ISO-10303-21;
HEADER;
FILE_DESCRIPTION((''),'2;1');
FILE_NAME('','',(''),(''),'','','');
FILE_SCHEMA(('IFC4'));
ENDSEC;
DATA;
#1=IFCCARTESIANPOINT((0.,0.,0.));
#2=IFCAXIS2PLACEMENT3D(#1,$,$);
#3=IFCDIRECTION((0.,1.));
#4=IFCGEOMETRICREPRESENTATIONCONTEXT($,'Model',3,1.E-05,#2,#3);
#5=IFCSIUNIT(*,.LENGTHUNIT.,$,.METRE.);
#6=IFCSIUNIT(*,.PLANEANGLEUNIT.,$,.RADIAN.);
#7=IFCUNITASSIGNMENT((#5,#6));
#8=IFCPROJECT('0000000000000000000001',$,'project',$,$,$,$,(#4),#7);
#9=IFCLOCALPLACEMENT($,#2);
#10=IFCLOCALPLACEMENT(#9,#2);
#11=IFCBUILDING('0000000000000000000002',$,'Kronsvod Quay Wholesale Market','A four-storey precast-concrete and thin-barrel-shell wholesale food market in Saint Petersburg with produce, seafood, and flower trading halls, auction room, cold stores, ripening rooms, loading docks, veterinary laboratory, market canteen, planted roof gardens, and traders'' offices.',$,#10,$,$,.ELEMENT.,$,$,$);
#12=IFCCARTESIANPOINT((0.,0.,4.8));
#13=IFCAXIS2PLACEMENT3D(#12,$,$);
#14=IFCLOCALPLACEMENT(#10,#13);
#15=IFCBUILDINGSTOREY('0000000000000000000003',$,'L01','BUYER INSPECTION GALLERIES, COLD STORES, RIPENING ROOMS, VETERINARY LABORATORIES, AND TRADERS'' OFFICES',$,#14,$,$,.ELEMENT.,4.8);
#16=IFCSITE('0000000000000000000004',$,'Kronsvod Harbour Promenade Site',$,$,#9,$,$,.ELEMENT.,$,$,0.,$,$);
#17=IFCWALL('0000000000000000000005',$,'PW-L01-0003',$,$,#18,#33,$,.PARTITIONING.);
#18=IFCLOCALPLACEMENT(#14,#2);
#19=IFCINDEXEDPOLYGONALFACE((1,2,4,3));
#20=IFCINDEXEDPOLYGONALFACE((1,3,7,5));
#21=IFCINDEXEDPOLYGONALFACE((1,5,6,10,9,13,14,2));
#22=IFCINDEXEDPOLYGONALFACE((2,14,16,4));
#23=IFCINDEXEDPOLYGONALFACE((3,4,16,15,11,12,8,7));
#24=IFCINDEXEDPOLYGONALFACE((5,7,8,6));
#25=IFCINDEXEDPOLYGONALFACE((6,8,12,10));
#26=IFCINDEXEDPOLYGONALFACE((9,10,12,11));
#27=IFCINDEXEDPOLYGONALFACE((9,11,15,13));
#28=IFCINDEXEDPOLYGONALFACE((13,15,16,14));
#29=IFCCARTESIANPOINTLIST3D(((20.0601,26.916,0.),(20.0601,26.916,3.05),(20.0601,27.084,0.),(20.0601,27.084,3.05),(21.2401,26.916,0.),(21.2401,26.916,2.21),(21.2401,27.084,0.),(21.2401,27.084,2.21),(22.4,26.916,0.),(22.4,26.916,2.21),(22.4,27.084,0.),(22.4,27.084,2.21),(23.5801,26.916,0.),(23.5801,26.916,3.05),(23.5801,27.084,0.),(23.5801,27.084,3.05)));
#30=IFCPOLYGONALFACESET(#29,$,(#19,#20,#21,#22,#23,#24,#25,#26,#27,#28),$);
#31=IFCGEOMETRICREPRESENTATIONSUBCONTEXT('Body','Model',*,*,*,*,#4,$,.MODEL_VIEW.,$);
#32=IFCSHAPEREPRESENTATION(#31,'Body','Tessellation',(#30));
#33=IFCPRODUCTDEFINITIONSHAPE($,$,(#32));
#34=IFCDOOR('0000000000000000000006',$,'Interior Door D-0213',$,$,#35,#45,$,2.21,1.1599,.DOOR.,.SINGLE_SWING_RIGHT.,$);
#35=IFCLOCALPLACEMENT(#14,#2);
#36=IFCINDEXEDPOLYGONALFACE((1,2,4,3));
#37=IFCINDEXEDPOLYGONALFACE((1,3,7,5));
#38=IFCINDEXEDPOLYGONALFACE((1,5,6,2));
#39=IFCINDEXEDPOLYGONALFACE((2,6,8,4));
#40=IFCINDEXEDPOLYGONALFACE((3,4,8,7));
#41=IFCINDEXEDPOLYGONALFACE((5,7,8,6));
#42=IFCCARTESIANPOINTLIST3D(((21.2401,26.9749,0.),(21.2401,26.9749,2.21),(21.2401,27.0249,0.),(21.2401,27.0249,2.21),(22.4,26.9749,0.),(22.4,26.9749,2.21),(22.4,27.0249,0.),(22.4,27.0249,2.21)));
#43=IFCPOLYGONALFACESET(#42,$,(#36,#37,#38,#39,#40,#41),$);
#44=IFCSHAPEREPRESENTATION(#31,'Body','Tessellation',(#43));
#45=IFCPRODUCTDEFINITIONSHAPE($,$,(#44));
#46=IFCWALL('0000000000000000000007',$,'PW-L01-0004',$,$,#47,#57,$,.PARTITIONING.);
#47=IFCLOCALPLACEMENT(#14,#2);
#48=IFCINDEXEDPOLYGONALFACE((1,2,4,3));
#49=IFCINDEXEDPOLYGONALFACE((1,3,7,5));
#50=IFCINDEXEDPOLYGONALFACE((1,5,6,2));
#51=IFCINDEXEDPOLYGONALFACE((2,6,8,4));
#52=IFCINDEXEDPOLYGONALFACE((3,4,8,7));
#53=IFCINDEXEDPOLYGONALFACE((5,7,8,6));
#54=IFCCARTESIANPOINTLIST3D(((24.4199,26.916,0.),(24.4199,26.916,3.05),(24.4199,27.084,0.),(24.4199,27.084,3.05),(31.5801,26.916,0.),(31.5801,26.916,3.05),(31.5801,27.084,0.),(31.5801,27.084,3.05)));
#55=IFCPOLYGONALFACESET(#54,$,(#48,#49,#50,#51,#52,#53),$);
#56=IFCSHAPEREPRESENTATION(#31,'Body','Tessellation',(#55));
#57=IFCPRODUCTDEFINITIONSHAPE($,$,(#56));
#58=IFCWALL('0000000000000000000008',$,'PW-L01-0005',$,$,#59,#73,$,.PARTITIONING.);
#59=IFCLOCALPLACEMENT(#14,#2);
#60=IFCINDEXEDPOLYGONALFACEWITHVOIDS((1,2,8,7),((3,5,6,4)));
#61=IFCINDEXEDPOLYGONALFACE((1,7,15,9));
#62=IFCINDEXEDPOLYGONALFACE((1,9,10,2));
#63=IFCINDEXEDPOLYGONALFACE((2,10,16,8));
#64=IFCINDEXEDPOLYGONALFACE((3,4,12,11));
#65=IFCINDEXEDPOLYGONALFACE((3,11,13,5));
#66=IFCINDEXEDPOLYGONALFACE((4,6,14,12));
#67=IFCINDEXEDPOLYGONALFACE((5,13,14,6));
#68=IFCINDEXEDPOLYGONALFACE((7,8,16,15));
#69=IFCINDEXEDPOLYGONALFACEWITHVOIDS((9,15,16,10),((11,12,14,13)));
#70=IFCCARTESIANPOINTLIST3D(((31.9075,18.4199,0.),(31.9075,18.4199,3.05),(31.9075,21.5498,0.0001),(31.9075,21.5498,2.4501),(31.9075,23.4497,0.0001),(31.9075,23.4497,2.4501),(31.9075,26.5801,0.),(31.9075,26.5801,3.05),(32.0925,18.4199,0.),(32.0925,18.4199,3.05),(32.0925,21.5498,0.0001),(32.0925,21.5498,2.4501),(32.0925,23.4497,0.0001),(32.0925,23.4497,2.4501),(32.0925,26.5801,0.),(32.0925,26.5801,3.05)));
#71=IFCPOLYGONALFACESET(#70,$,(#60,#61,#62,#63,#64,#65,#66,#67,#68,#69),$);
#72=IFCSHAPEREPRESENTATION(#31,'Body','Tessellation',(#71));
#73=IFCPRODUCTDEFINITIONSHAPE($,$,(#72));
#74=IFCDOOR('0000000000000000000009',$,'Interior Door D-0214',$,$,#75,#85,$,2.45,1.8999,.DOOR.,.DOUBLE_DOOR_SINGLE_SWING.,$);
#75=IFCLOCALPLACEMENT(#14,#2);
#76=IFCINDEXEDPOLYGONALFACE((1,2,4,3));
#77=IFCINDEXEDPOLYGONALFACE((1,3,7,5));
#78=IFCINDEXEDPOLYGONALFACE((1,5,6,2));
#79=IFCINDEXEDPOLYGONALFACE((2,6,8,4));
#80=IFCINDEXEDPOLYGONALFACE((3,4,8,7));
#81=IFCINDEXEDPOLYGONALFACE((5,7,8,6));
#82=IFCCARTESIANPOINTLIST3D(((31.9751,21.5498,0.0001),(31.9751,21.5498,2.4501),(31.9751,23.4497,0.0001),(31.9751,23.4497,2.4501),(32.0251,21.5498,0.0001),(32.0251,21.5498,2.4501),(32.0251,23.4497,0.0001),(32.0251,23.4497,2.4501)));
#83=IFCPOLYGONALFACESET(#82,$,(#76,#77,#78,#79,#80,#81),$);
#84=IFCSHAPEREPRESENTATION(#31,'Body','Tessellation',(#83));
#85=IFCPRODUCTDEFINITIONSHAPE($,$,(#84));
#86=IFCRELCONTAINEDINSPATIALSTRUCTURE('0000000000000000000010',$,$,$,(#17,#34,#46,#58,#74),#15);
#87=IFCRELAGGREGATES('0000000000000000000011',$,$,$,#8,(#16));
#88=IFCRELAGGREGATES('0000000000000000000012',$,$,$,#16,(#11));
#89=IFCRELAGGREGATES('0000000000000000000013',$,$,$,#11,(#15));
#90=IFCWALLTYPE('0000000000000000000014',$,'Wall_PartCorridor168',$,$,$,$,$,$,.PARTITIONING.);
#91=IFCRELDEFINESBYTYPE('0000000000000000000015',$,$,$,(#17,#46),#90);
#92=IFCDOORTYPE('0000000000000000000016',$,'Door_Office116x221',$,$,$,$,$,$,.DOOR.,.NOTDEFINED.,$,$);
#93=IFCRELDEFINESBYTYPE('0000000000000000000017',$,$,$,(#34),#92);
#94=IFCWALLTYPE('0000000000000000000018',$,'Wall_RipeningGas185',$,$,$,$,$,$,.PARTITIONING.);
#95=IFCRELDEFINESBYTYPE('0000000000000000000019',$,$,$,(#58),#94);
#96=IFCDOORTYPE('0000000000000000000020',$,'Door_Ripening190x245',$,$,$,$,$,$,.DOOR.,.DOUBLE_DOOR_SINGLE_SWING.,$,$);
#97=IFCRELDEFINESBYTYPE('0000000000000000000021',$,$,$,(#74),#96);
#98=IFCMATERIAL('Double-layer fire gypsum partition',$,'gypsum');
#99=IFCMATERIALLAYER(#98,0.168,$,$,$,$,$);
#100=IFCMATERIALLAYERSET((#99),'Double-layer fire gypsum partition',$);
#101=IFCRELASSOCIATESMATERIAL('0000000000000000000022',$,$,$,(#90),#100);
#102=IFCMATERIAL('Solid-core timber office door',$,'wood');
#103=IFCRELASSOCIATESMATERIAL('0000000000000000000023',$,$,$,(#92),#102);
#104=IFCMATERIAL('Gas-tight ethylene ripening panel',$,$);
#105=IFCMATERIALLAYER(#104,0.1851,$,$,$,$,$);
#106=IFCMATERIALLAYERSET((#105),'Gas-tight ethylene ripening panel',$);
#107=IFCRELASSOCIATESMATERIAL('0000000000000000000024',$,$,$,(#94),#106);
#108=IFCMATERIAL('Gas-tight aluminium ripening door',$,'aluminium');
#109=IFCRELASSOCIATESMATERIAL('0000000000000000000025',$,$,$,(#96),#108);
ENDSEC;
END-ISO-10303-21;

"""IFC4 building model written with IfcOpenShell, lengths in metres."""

from ifc_helpers import new_model, si_unit, direction, frame, frame_2d, origin, place, context, subcontext, project, spatial, rectangle, extrude, material, layer, layer_set, type_object, element, fill, save


model = new_model("IFC4")

# Units and contexts
model_context = context("Model", 3, precision=1e-05, world=origin(), true_north=direction((0.0, 1.0)))
body_context = subcontext(model_context, "Body", "Model", "MODEL_VIEW")
ifc_project = project(units=[si_unit("LENGTHUNIT", "METRE"), si_unit("PLANEANGLEUNIT", "RADIAN")], contexts=[model_context])

# Site, building, storey
site_placement = place(None, origin())
site = spatial("IfcSite", under=ifc_project, at=site_placement, Name="Kronsvod Harbour Promenade Site", CompositionType="ELEMENT", RefElevation=0.0)
building_placement = place(site_placement, origin())
building = spatial("IfcBuilding", under=site, at=building_placement, Name="Kronsvod Quay Wholesale Market", Description="A four-storey precast-concrete and thin-barrel-shell wholesale food market in Saint Petersburg with produce, seafood, and flower trading halls, auction room, cold stores, ripening rooms, loading docks, veterinary laboratory, market canteen, planted roof gardens, and traders' offices.", CompositionType="ELEMENT")
storey_placement = place(building_placement, frame((0.0, 0.0, 4.8)))
storey = spatial("IfcBuildingStorey", under=building, at=storey_placement, Name="L01", Description="BUYER INSPECTION GALLERIES, COLD STORES, RIPENING ROOMS, VETERINARY LABORATORIES, AND TRADERS' OFFICES", CompositionType="ELEMENT", Elevation=4.8)

# Wall, opening, door
ifc_material_1 = material(Name="Double-layer fire gypsum partition", Category="gypsum")
ifc_layer_1 = layer(ifc_material_1, 0.168)
ifc_layer_set_1 = layer_set([ifc_layer_1], Name="Double-layer fire gypsum partition")
wall_type_1 = type_object("IfcWallType", Name="Wall_PartCorridor168", PredefinedType="PARTITIONING", material=ifc_layer_set_1)
wall_1_placement = place(storey_placement, frame((20.0601, 27.0, 0.0), z_axis=(0.0, 0.0, 1.0), x_axis=(1.0, 0.0, 0.0)))
wall_1 = element("IfcWall", 1, at=wall_1_placement, inside=storey, type_object=wall_type_1, Name="PW-L01-0003", PredefinedType="PARTITIONING", context=body_context, shape_type="SweptSolid", body=[
    extrude(rectangle(XDim=3.52, YDim=0.168, at=frame_2d((1.76, 0.0))), origin(), (0.0, 0.0, 1.0), 3.05),
])
opening_1_placement = place(wall_1_placement, frame((1.1799, 0.0, 0.0)))
opening_1 = element("IfcOpeningElement", 2, at=opening_1_placement, cuts=wall_1, PredefinedType="OPENING", context=body_context, shape_type="SweptSolid", body=[
    extrude(rectangle(XDim=1.1599, YDim=2.21, at=frame_2d((0.5801, 1.105))), frame((0.0, 0.094, 0.0), z_axis=(0.0, -1.0, 0.0), x_axis=(1.0, 0.0, 0.0)), (0.0, 0.0, 1.0), 0.188),
])
ifc_material_2 = material(Name="Solid-core timber office door", Category="wood")
door_type_1 = type_object("IfcDoorType", Name="Door_Office116x221", OperationType="NOTDEFINED", PredefinedType="DOOR", material=ifc_material_2)
door_1_placement = place(opening_1_placement, origin())
door_1 = element("IfcDoor", 3, at=door_1_placement, inside=storey, type_object=door_type_1, Name="Interior Door D-0213", OperationType="SINGLE_SWING_RIGHT", OverallHeight=2.21, OverallWidth=1.1599, PredefinedType="DOOR", context=body_context, shape_type="SweptSolid", body=[
    extrude(rectangle(XDim=1.1599, YDim=2.21, at=frame_2d((0.5801, 1.105))), frame((0.0, 0.0249, 0.0), z_axis=(0.0, -1.0, 0.0), x_axis=(1.0, 0.0, 0.0)), (0.0, 0.0, 1.0), 0.05),
])
fill(opening_1, door_1)

# Wall
wall_2_placement = place(storey_placement, frame((24.4199, 27.0, 0.0), z_axis=(0.0, 0.0, 1.0), x_axis=(1.0, 0.0, 0.0)))
element("IfcWall", 4, at=wall_2_placement, inside=storey, type_object=wall_type_1, Name="PW-L01-0004", PredefinedType="PARTITIONING", context=body_context, shape_type="SweptSolid", body=[
    extrude(rectangle(XDim=7.1602, YDim=0.168, at=frame_2d((3.5801, 0.0))), origin(), (0.0, 0.0, 1.0), 3.05),
])

# Wall, opening, door
ifc_material_3 = material(Name="Gas-tight ethylene ripening panel")
ifc_layer_2 = layer(ifc_material_3, 0.1851)
ifc_layer_set_2 = layer_set([ifc_layer_2], Name="Gas-tight ethylene ripening panel")
wall_type_2 = type_object("IfcWallType", Name="Wall_RipeningGas185", PredefinedType="PARTITIONING", material=ifc_layer_set_2)
wall_3_placement = place(storey_placement, frame((32.0, 18.4199, 0.0), z_axis=(0.0, 0.0, 1.0), x_axis=(0.0, 1.0, 0.0)))
wall_3 = element("IfcWall", 5, at=wall_3_placement, inside=storey, type_object=wall_type_2, Name="PW-L01-0005", PredefinedType="PARTITIONING", context=body_context, shape_type="SweptSolid", body=[
    extrude(rectangle(XDim=8.1602, YDim=0.1851, at=frame_2d((4.0801, 0.0))), origin(), (0.0, 0.0, 1.0), 3.05),
])
opening_2_placement = place(wall_3_placement, frame((3.1299, 0.0, 0.0)))
opening_2 = element("IfcOpeningElement", 6, at=opening_2_placement, cuts=wall_3, PredefinedType="OPENING", context=body_context, shape_type="SweptSolid", body=[
    extrude(rectangle(XDim=1.8999, YDim=2.45, at=frame_2d((0.95, 1.2251))), frame((0.0, 0.1025, 0.0), z_axis=(0.0, -1.0, 0.0), x_axis=(1.0, 0.0, 0.0)), (0.0, 0.0, 1.0), 0.2051),
])
ifc_material_4 = material(Name="Gas-tight aluminium ripening door", Category="aluminium")
door_type_2 = type_object("IfcDoorType", Name="Door_Ripening190x245", OperationType="DOUBLE_DOOR_SINGLE_SWING", PredefinedType="DOOR", material=ifc_material_4)
door_2_placement = place(opening_2_placement, origin())
door_2 = element("IfcDoor", 7, at=door_2_placement, inside=storey, type_object=door_type_2, Name="Interior Door D-0214", OperationType="DOUBLE_DOOR_SINGLE_SWING", OverallHeight=2.45, OverallWidth=1.8999, PredefinedType="DOOR", context=body_context, shape_type="SweptSolid", body=[
    extrude(rectangle(XDim=1.8999, YDim=2.45, at=frame_2d((0.95, 1.2251))), frame((0.0, 0.0249, 0.0), z_axis=(0.0, -1.0, 0.0), x_axis=(1.0, 0.0, 0.0)), (0.0, 0.0, 1.0), 0.05),
])
fill(opening_2, door_2)

save(model, "model.ifc")
